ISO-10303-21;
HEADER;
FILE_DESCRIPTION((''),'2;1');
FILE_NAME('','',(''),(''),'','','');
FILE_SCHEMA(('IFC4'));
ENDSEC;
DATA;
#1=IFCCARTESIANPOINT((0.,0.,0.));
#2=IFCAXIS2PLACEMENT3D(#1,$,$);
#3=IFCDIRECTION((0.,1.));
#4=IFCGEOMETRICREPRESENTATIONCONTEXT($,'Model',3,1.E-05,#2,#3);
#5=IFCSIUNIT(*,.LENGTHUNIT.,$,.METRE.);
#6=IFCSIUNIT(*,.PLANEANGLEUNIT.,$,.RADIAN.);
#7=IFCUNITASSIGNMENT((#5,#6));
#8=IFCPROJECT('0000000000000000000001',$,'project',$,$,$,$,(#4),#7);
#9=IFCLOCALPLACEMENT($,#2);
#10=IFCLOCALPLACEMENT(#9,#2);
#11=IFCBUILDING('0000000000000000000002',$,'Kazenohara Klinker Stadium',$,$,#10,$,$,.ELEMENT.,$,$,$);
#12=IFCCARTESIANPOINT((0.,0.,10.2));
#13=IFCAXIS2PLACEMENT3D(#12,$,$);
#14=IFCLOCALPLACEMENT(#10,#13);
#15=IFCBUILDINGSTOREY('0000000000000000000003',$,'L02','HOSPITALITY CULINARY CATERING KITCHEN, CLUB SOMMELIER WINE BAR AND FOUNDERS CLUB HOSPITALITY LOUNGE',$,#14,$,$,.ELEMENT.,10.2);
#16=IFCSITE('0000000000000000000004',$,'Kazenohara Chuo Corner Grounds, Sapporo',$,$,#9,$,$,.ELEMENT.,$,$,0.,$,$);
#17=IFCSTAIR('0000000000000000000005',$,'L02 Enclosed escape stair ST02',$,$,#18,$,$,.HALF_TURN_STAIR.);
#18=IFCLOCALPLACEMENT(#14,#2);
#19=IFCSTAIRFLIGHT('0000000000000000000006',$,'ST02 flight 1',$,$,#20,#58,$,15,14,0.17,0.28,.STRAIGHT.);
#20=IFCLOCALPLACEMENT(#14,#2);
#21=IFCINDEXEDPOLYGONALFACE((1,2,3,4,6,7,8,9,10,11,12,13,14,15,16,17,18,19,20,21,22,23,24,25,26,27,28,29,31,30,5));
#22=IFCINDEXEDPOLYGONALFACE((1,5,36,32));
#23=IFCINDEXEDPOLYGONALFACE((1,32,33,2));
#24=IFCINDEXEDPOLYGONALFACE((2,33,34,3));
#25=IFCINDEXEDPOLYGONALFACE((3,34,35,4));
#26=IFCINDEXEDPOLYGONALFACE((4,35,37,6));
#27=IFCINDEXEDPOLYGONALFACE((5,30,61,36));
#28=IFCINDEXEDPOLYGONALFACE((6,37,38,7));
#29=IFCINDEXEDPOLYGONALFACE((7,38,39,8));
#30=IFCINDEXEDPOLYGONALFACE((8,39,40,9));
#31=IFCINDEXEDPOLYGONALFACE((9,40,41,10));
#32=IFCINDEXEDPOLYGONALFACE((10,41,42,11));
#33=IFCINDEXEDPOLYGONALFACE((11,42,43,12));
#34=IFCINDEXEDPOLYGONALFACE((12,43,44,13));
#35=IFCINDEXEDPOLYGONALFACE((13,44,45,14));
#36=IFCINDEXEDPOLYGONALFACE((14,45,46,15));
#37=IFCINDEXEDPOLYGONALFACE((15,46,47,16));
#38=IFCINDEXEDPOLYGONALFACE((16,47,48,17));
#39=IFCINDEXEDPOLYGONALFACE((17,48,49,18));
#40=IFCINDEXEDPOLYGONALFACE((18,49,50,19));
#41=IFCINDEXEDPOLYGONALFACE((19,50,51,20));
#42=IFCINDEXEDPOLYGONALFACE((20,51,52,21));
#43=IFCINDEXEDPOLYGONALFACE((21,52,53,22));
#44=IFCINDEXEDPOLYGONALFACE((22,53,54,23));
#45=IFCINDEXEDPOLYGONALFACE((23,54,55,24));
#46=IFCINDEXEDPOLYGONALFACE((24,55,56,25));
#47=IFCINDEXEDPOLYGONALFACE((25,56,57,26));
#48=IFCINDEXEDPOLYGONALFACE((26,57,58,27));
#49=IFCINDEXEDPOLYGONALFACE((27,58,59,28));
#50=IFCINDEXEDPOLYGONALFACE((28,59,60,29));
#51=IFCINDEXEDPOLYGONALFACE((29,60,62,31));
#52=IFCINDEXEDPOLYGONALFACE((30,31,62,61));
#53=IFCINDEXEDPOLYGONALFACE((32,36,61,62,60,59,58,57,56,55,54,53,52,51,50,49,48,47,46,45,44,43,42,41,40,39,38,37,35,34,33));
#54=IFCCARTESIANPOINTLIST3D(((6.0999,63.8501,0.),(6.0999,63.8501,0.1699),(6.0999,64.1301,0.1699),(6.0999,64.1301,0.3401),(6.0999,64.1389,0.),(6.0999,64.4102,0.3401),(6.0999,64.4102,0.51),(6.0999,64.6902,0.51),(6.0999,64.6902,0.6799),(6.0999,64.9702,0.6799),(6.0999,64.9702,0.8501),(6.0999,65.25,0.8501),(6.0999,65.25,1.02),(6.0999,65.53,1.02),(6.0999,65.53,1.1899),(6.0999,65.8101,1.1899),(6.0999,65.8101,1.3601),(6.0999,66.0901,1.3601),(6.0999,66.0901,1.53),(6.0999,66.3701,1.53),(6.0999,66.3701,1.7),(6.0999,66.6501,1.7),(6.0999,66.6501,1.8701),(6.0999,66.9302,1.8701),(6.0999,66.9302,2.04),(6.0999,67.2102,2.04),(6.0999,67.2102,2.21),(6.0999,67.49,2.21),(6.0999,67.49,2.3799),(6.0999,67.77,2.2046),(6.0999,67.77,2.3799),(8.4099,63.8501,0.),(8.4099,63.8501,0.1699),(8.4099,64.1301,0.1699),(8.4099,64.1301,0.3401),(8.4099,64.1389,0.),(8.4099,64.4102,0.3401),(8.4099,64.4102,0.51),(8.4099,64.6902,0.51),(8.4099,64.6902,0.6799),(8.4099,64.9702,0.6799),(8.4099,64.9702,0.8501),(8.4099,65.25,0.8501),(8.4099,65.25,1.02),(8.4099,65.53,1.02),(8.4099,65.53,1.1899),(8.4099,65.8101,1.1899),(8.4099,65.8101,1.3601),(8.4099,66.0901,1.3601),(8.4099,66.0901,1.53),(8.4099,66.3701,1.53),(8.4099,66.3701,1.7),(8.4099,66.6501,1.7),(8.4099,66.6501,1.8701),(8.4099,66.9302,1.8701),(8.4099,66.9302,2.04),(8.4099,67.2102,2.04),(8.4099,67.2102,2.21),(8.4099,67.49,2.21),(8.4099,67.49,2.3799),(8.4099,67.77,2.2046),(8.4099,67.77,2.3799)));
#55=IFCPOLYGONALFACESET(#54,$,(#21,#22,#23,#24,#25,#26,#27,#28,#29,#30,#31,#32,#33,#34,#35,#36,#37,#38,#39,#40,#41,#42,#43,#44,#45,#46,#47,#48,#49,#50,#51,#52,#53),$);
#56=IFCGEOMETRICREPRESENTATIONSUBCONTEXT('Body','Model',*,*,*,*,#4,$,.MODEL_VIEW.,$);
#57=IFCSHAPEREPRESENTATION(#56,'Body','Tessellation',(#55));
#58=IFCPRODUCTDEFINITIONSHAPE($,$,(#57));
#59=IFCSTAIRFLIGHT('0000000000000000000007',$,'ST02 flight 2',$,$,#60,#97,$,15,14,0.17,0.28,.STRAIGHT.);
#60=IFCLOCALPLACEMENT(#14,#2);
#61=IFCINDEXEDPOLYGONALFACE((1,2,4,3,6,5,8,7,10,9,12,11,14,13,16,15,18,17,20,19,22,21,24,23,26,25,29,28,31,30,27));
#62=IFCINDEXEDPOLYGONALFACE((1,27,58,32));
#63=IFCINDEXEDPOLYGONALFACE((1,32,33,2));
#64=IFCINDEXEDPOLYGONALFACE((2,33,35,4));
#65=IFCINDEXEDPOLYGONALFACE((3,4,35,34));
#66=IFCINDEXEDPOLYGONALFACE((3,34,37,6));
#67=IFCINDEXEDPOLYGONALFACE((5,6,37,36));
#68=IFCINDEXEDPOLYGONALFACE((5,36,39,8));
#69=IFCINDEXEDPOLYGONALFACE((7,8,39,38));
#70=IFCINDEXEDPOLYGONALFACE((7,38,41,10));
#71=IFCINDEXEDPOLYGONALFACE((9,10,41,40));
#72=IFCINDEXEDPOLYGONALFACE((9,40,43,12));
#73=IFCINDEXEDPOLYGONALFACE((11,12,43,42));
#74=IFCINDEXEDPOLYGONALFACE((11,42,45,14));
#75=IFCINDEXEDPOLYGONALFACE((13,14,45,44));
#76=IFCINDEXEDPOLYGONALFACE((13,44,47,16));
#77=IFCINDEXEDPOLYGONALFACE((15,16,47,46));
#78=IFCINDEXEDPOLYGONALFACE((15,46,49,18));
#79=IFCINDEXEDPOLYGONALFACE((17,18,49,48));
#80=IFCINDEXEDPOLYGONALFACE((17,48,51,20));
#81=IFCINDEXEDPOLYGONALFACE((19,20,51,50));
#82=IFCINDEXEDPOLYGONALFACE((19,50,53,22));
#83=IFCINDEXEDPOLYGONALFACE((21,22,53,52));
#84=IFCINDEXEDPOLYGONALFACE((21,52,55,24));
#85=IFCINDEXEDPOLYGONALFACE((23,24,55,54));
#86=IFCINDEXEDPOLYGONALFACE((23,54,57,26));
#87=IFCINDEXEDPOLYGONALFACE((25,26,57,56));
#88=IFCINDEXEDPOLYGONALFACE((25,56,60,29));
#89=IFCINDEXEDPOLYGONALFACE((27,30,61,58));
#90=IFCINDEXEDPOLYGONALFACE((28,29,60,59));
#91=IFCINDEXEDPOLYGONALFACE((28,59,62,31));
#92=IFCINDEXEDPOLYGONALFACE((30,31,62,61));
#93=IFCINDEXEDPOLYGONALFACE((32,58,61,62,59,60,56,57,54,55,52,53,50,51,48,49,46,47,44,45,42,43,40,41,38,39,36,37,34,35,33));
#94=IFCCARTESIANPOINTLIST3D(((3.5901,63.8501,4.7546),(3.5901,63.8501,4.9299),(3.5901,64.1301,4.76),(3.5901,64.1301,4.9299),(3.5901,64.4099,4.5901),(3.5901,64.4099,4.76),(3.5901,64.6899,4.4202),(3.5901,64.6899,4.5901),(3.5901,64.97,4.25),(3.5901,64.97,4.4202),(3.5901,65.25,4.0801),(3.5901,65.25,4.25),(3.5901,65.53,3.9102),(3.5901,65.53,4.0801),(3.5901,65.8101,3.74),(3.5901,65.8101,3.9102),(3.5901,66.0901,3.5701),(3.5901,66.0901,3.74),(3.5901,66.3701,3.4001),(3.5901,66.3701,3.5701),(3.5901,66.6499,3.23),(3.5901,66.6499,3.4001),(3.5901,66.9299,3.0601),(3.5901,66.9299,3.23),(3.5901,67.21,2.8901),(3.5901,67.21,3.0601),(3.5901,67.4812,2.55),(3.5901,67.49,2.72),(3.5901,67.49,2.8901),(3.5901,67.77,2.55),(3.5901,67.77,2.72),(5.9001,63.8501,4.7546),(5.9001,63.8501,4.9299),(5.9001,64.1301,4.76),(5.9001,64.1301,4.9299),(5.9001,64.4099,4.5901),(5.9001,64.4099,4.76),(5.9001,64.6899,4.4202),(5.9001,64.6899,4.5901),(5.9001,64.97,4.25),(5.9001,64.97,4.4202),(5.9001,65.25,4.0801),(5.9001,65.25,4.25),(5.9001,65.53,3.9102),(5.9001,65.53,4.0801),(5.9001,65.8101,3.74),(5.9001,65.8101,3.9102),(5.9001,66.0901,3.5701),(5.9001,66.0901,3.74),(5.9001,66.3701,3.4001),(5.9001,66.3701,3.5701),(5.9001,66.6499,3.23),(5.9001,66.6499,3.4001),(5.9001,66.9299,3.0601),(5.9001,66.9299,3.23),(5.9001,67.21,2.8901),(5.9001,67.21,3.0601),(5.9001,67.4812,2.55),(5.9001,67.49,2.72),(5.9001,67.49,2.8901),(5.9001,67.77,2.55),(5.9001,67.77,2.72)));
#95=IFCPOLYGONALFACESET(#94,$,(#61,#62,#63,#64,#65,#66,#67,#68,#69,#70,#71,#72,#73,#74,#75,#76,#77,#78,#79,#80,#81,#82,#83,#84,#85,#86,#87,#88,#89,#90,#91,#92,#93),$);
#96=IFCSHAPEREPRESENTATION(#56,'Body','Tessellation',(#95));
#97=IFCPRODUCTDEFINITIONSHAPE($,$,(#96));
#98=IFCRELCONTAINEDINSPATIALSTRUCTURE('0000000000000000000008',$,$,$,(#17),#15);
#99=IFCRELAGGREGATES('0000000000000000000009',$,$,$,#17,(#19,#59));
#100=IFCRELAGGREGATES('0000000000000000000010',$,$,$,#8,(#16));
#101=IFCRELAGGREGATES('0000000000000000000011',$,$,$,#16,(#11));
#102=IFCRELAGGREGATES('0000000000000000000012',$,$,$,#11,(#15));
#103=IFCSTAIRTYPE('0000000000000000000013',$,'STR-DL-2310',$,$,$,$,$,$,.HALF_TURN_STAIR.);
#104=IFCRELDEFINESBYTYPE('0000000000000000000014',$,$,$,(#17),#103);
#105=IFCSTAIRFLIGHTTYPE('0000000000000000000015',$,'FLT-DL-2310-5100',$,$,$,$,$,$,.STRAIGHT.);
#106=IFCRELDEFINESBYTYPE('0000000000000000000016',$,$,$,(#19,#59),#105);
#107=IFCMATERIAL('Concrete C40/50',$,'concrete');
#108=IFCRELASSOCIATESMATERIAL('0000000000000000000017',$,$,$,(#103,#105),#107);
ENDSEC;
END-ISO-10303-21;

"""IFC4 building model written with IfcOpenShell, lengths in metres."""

from ifc_helpers import new_model, si_unit, direction, frame, origin, place, context, subcontext, project, spatial, polyline, outline, extrude, material, type_object, element, aggregate, save


model = new_model("IFC4")

# Units and contexts
model_context = context("Model", 3, precision=1e-05, world=origin(), true_north=direction((0.0, 1.0)))
body_context = subcontext(model_context, "Body", "Model", "MODEL_VIEW")
ifc_project = project(units=[si_unit("LENGTHUNIT", "METRE"), si_unit("PLANEANGLEUNIT", "RADIAN")], contexts=[model_context])

# Site, building, storey
site_placement = place(None, origin())
site = spatial("IfcSite", under=ifc_project, at=site_placement, Name="Kazenohara Chuo Corner Grounds, Sapporo", CompositionType="ELEMENT", RefElevation=0.0)
building_placement = place(site_placement, origin())
building = spatial("IfcBuilding", under=site, at=building_placement, Name="Kazenohara Klinker Stadium", CompositionType="ELEMENT")
storey_placement = place(building_placement, frame((0.0, 0.0, 10.2)))
storey = spatial("IfcBuildingStorey", under=building, at=storey_placement, Name="L02", Description="HOSPITALITY CULINARY CATERING KITCHEN, CLUB SOMMELIER WINE BAR AND FOUNDERS CLUB HOSPITALITY LOUNGE", CompositionType="ELEMENT", Elevation=10.2)

# Shared definitions
ifc_material_1 = material(Name="Concrete C40/50", Category="concrete")

# Stair, stair flights
stair_type = type_object("IfcStairType", Name="STR-DL-2310", PredefinedType="HALF_TURN_STAIR", material=ifc_material_1)
stair_placement = place(storey_placement, origin())
stair = element("IfcStair", 1, at=stair_placement, inside=storey, type_object=stair_type, Name="L02 Enclosed escape stair ST02", PredefinedType="HALF_TURN_STAIR")
stair_flight_type = type_object("IfcStairFlightType", Name="FLT-DL-2310-5100", PredefinedType="STRAIGHT", material=ifc_material_1)
stair_flight_1_placement = place(storey_placement, frame((7.2549, 63.8501, 0.0), z_axis=(0.0, 0.0, 1.0), x_axis=(0.0, 1.0, 0.0)))
stair_flight_1 = element("IfcStairFlight", 2, at=stair_flight_1_placement, type_object=stair_flight_type, Name="ST02 flight 1", NumberOfRisers=15, NumberOfTreads=14, PredefinedType="STRAIGHT", RiserHeight=0.17, TreadLength=0.28, context=body_context, shape_type="SweptSolid", body=[
    extrude(outline(polyline([(0.0, 0.0), (0.0, 0.1699), (0.28, 0.1699), (0.28, 0.3401), (0.5601, 0.3401), (0.5601, 0.51), (0.8401, 0.51), (0.8401, 0.6799), (1.1201, 0.6799), (1.1201, 0.8501), (1.3999, 0.8501), (1.3999, 1.02), (1.6799, 1.02), (1.6799, 1.1899), (1.96, 1.1899), (1.96, 1.3601), (2.24, 1.3601), (2.24, 1.53), (2.52, 1.53), (2.52, 1.7), (2.8, 1.7), (2.8, 1.8701), (3.0801, 1.8701), (3.0801, 2.04), (3.3601, 2.04), (3.3601, 2.21), (3.6399, 2.21), (3.6399, 2.3799), (3.9199, 2.3799), (3.9199, 2.55), (3.9199, 2.2046), (0.2888, 0.0), (0.0, 0.0)])), frame((0.0, 1.155, 0.0), z_axis=(0.0, -1.0, 0.0), x_axis=(1.0, 0.0, 0.0)), (0.0, 0.0, 1.0), 2.3101),
])
stair_flight_2_placement = place(storey_placement, frame((4.7451, 67.77, 2.55), z_axis=(0.0, 0.0, 1.0), x_axis=(0.0, -1.0, 0.0)))
stair_flight_2 = element("IfcStairFlight", 3, at=stair_flight_2_placement, type_object=stair_flight_type, Name="ST02 flight 2", NumberOfRisers=15, NumberOfTreads=14, PredefinedType="STRAIGHT", RiserHeight=0.17, TreadLength=0.28, context=body_context, shape_type="SweptSolid", body=[
    extrude(outline(polyline([(0.0, 0.0), (0.0, 0.1699), (0.28, 0.1699), (0.28, 0.3401), (0.5601, 0.3401), (0.5601, 0.51), (0.8401, 0.51), (0.8401, 0.6799), (1.1201, 0.6799), (1.1201, 0.8501), (1.3999, 0.8501), (1.3999, 1.02), (1.6799, 1.02), (1.6799, 1.1899), (1.96, 1.1899), (1.96, 1.3601), (2.24, 1.3601), (2.24, 1.53), (2.52, 1.53), (2.52, 1.7), (2.8, 1.7), (2.8, 1.8701), (3.0801, 1.8701), (3.0801, 2.04), (3.3601, 2.04), (3.3601, 2.21), (3.6399, 2.21), (3.6399, 2.3799), (3.9199, 2.3799), (3.9199, 2.55), (3.9199, 2.2046), (0.2888, 0.0), (0.0, 0.0)])), frame((0.0, 1.155, 0.0), z_axis=(0.0, -1.0, 0.0), x_axis=(1.0, 0.0, 0.0)), (0.0, 0.0, 1.0), 2.3101),
])
aggregate(stair, [stair_flight_1, stair_flight_2])

save(model, "model.ifc")
